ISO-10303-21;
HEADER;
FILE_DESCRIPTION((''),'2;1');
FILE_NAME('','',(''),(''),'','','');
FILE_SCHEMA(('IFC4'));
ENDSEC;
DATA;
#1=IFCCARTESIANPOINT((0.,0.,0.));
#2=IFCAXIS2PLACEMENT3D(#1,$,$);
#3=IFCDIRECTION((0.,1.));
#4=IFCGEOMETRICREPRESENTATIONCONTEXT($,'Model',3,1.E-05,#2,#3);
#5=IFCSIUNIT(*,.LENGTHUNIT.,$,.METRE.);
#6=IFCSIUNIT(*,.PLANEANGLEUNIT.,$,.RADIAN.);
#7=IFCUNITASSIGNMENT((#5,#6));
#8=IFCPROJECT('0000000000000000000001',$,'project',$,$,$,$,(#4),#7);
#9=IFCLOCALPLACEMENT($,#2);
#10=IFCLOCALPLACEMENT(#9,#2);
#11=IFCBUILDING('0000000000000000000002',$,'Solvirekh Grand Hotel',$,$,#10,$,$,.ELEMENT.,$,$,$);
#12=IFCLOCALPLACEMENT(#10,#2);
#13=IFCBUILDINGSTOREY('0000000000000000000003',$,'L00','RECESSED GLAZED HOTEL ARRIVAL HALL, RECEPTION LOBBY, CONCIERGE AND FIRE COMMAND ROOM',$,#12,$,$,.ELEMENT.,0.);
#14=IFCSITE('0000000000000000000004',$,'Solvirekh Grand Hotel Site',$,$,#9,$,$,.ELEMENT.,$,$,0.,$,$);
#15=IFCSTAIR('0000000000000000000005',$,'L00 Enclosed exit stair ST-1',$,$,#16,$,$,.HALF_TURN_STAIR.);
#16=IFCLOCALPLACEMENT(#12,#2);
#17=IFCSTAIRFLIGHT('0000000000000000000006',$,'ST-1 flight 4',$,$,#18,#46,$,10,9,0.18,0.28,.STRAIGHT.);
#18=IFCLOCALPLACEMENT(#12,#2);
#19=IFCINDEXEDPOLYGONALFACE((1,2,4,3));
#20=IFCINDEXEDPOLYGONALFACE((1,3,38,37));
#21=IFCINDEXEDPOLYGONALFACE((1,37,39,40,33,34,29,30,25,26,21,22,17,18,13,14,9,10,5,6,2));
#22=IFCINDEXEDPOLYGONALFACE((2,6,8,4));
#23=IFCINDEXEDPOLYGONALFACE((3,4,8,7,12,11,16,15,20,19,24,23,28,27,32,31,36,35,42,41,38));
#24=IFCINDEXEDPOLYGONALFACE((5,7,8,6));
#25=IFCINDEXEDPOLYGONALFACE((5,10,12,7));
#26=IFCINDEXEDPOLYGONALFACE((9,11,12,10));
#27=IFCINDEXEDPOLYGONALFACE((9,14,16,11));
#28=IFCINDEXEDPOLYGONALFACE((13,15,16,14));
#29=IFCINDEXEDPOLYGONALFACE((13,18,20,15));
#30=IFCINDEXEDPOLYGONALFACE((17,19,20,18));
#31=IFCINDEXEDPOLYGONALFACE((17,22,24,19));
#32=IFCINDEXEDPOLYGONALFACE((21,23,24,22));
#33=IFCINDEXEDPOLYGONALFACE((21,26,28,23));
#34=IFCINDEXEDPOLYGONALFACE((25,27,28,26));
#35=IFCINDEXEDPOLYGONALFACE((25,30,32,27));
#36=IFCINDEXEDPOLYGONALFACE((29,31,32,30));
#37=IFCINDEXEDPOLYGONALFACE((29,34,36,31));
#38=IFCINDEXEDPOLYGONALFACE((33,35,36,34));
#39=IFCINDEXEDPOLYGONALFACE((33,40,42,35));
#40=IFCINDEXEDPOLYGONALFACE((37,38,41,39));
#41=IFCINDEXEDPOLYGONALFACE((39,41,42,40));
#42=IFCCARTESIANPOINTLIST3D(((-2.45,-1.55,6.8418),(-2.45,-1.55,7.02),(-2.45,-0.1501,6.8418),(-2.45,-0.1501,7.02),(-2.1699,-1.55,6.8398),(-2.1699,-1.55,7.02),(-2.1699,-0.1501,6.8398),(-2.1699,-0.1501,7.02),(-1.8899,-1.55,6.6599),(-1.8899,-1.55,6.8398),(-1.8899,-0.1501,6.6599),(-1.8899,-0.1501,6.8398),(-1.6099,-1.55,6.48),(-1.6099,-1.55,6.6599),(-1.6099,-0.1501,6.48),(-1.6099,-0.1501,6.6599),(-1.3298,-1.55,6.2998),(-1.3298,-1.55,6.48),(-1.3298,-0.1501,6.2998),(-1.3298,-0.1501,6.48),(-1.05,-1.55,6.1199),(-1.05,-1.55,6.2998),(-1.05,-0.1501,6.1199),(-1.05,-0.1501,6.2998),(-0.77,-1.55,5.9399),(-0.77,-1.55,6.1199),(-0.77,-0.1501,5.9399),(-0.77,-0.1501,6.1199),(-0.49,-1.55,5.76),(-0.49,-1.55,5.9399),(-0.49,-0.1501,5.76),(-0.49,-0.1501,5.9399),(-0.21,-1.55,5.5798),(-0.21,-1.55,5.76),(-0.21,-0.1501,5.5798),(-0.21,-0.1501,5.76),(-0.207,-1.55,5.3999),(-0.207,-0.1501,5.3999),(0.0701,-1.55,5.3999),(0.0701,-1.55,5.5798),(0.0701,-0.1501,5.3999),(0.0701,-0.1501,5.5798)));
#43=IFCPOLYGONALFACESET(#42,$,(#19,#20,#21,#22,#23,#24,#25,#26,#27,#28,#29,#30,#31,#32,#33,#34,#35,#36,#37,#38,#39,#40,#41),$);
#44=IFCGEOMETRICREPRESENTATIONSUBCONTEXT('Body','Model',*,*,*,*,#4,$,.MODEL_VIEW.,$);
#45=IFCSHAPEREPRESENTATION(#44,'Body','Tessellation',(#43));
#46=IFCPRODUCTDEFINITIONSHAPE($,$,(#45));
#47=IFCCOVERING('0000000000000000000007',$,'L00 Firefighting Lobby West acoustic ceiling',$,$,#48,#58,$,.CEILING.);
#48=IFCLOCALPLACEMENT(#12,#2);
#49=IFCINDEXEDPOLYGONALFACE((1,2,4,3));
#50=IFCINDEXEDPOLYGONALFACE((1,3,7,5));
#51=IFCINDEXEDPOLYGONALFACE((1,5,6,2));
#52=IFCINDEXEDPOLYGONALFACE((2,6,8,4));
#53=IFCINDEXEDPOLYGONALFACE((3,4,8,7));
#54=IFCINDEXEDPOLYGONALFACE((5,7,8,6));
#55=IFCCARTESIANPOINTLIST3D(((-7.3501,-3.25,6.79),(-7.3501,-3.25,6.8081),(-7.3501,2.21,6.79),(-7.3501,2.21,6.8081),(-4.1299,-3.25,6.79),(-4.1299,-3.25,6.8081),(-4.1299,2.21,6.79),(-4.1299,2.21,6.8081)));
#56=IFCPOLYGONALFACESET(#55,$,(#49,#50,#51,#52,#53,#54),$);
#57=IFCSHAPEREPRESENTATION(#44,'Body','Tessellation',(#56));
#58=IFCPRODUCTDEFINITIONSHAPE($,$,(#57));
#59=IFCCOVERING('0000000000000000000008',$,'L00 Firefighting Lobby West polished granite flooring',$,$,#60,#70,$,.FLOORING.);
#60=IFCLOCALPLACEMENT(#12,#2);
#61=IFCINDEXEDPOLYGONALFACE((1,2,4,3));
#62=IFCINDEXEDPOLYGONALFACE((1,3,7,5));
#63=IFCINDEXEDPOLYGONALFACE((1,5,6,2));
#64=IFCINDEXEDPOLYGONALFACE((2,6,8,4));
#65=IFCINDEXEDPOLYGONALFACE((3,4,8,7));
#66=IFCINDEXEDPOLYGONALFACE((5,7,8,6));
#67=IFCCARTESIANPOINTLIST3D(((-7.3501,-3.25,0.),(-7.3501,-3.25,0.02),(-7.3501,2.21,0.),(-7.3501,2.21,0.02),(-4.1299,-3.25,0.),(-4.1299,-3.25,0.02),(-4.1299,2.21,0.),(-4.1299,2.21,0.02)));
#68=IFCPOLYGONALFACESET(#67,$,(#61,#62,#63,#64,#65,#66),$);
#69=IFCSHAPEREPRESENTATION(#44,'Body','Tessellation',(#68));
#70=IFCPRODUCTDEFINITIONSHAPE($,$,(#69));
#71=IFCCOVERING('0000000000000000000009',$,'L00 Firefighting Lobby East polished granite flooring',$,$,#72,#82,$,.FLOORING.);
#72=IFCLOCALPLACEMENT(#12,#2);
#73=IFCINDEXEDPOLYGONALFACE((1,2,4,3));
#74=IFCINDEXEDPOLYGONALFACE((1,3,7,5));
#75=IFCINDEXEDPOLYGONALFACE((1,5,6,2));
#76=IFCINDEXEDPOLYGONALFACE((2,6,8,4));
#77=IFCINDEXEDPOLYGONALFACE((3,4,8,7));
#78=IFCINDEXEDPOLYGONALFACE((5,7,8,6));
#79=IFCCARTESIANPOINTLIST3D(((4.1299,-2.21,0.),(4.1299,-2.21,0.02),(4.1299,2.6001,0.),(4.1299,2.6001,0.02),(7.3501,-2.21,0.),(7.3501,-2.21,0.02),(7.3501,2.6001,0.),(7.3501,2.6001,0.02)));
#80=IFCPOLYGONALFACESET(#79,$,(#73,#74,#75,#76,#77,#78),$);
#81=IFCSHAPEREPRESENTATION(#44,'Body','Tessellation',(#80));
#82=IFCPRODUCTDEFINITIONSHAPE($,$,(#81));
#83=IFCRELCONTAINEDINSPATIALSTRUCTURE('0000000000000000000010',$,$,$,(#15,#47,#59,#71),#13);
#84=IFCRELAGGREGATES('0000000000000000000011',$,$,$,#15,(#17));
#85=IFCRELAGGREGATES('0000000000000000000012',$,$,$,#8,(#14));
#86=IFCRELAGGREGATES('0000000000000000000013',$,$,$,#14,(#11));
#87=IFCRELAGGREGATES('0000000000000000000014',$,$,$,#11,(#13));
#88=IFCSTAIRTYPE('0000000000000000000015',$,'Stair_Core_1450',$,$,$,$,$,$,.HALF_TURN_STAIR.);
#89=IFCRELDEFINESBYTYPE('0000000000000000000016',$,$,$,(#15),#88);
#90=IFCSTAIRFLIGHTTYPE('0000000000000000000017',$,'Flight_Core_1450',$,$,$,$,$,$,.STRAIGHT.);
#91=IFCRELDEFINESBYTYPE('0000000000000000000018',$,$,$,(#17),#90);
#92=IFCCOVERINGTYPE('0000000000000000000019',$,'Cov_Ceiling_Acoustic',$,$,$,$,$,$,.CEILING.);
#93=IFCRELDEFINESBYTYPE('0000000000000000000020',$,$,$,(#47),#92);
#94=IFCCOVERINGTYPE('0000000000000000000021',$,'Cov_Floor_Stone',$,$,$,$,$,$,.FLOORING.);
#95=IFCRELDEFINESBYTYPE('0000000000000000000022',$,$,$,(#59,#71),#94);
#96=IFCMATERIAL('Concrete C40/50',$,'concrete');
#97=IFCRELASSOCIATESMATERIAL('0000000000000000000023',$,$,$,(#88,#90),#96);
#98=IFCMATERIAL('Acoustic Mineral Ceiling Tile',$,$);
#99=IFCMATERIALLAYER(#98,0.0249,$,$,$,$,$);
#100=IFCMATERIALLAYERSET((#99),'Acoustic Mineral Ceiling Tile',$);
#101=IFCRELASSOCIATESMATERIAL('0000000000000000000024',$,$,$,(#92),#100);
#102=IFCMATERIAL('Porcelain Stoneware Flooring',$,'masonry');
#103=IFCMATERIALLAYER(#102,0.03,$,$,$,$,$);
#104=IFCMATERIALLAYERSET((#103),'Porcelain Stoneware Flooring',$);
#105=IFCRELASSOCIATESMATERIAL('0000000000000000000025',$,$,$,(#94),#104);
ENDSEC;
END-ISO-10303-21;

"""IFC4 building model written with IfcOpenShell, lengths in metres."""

from ifc_helpers import new_model, si_unit, direction, frame, origin, place, context, subcontext, project, spatial, polyline, outline, extrude, material, layer, layer_set, type_object, element, aggregate, save


model = new_model("IFC4")

# Units and contexts
model_context = context("Model", 3, precision=1e-05, world=origin(), true_north=direction((0.0, 1.0)))
body_context = subcontext(model_context, "Body", "Model", "MODEL_VIEW")
ifc_project = project(units=[si_unit("LENGTHUNIT", "METRE"), si_unit("PLANEANGLEUNIT", "RADIAN")], contexts=[model_context])

# Site, building, storey
site_placement = place(None, origin())
site = spatial("IfcSite", under=ifc_project, at=site_placement, Name="Solvirekh Grand Hotel Site", CompositionType="ELEMENT", RefElevation=0.0)
building_placement = place(site_placement, origin())
building = spatial("IfcBuilding", under=site, at=building_placement, Name="Solvirekh Grand Hotel", CompositionType="ELEMENT")
storey_placement = place(building_placement, origin())
storey = spatial("IfcBuildingStorey", under=building, at=storey_placement, Name="L00", Description="RECESSED GLAZED HOTEL ARRIVAL HALL, RECEPTION LOBBY, CONCIERGE AND FIRE COMMAND ROOM", CompositionType="ELEMENT", Elevation=0.0)

# Stair
ifc_material_1 = material(Name="Concrete C40/50", Category="concrete")
stair_type_1 = type_object("IfcStairType", Name="Stair_Core_1450", PredefinedType="HALF_TURN_STAIR", material=ifc_material_1)
stair_1_placement = place(storey_placement, origin())
stair_1 = element("IfcStair", 1, at=stair_1_placement, inside=storey, type_object=stair_type_1, Name="L00 Enclosed exit stair ST-1", PredefinedType="HALF_TURN_STAIR")

# Stair flight
stair_flight_type = type_object("IfcStairFlightType", Name="Flight_Core_1450", PredefinedType="STRAIGHT", material=ifc_material_1)
stair_flight_1_placement = place(storey_placement, frame((0.0701, -0.8501, 5.3999), z_axis=(0.0, 0.0, 1.0), x_axis=(-1.0, 0.0, 0.0)))
stair_flight_1 = element("IfcStairFlight", 2, at=stair_flight_1_placement, type_object=stair_flight_type, Name="ST-1 flight 4", NumberOfRisers=10, NumberOfTreads=9, PredefinedType="STRAIGHT", RiserHeight=0.18, TreadLength=0.28, context=body_context, shape_type="SweptSolid", body=[
    extrude(outline(polyline([(0.0, 0.0), (0.0, 0.1799), (0.28, 0.1799), (0.28, 0.3601), (0.5601, 0.3601), (0.5601, 0.54), (0.8401, 0.54), (0.8401, 0.72), (1.1201, 0.72), (1.1201, 0.8999), (1.3999, 0.8999), (1.3999, 1.0801), (1.6799, 1.0801), (1.6799, 1.26), (1.96, 1.26), (1.96, 1.4399), (2.24, 1.4399), (2.24, 1.6201), (2.52, 1.6201), (2.52, 1.8), (2.52, 1.4419), (0.2771, 0.0), (0.0, 0.0)])), frame((0.0, 0.7, 0.0), z_axis=(0.0, -1.0, 0.0), x_axis=(1.0, 0.0, 0.0)), (0.0, 0.0, 1.0), 1.3999),
])
aggregate(stair_1, [stair_flight_1])

# Coverings
ifc_material_2 = material(Name="Acoustic Mineral Ceiling Tile")
ifc_layer_1 = layer(ifc_material_2, 0.0249)
ifc_layer_set_1 = layer_set([ifc_layer_1], Name="Acoustic Mineral Ceiling Tile")
covering_type_1 = type_object("IfcCoveringType", Name="Cov_Ceiling_Acoustic", PredefinedType="CEILING", material=ifc_layer_set_1)
covering_1_placement = place(storey_placement, frame((0.0, 0.0, 6.79)))
element("IfcCovering", 3, at=covering_1_placement, inside=storey, type_object=covering_type_1, Name="L00 Firefighting Lobby West acoustic ceiling", PredefinedType="CEILING", context=body_context, shape_type="SweptSolid", body=[
    extrude(outline(polyline([(-7.3501, -3.25), (-4.1299, -3.25), (-4.1299, 2.21), (-7.3501, 2.21), (-7.3501, -3.25)])), origin(), (0.0, 0.0, 1.0), 0.0181),
])
ifc_material_3 = material(Name="Porcelain Stoneware Flooring", Category="masonry")
ifc_layer_2 = layer(ifc_material_3, 0.03)
ifc_layer_set_2 = layer_set([ifc_layer_2], Name="Porcelain Stoneware Flooring")
covering_type_2 = type_object("IfcCoveringType", Name="Cov_Floor_Stone", PredefinedType="FLOORING", material=ifc_layer_set_2)
covering_2_placement = place(storey_placement, origin())
element("IfcCovering", 4, at=covering_2_placement, inside=storey, type_object=covering_type_2, Name="L00 Firefighting Lobby West polished granite flooring", PredefinedType="FLOORING", context=body_context, shape_type="SweptSolid", body=[
    extrude(outline(polyline([(-7.3501, -3.25), (-4.1299, -3.25), (-4.1299, 2.21), (-7.3501, 2.21), (-7.3501, -3.25)])), origin(), (0.0, 0.0, 1.0), 0.02),
])
covering_3_placement = place(storey_placement, origin())
element("IfcCovering", 5, at=covering_3_placement, inside=storey, type_object=covering_type_2, Name="L00 Firefighting Lobby East polished granite flooring", PredefinedType="FLOORING", context=body_context, shape_type="SweptSolid", body=[
    extrude(outline(polyline([(4.1299, -2.21), (7.3501, -2.21), (7.3501, 2.6001), (4.1299, 2.6001), (4.1299, -2.21)])), origin(), (0.0, 0.0, 1.0), 0.02),
])

save(model, "model.ifc")
